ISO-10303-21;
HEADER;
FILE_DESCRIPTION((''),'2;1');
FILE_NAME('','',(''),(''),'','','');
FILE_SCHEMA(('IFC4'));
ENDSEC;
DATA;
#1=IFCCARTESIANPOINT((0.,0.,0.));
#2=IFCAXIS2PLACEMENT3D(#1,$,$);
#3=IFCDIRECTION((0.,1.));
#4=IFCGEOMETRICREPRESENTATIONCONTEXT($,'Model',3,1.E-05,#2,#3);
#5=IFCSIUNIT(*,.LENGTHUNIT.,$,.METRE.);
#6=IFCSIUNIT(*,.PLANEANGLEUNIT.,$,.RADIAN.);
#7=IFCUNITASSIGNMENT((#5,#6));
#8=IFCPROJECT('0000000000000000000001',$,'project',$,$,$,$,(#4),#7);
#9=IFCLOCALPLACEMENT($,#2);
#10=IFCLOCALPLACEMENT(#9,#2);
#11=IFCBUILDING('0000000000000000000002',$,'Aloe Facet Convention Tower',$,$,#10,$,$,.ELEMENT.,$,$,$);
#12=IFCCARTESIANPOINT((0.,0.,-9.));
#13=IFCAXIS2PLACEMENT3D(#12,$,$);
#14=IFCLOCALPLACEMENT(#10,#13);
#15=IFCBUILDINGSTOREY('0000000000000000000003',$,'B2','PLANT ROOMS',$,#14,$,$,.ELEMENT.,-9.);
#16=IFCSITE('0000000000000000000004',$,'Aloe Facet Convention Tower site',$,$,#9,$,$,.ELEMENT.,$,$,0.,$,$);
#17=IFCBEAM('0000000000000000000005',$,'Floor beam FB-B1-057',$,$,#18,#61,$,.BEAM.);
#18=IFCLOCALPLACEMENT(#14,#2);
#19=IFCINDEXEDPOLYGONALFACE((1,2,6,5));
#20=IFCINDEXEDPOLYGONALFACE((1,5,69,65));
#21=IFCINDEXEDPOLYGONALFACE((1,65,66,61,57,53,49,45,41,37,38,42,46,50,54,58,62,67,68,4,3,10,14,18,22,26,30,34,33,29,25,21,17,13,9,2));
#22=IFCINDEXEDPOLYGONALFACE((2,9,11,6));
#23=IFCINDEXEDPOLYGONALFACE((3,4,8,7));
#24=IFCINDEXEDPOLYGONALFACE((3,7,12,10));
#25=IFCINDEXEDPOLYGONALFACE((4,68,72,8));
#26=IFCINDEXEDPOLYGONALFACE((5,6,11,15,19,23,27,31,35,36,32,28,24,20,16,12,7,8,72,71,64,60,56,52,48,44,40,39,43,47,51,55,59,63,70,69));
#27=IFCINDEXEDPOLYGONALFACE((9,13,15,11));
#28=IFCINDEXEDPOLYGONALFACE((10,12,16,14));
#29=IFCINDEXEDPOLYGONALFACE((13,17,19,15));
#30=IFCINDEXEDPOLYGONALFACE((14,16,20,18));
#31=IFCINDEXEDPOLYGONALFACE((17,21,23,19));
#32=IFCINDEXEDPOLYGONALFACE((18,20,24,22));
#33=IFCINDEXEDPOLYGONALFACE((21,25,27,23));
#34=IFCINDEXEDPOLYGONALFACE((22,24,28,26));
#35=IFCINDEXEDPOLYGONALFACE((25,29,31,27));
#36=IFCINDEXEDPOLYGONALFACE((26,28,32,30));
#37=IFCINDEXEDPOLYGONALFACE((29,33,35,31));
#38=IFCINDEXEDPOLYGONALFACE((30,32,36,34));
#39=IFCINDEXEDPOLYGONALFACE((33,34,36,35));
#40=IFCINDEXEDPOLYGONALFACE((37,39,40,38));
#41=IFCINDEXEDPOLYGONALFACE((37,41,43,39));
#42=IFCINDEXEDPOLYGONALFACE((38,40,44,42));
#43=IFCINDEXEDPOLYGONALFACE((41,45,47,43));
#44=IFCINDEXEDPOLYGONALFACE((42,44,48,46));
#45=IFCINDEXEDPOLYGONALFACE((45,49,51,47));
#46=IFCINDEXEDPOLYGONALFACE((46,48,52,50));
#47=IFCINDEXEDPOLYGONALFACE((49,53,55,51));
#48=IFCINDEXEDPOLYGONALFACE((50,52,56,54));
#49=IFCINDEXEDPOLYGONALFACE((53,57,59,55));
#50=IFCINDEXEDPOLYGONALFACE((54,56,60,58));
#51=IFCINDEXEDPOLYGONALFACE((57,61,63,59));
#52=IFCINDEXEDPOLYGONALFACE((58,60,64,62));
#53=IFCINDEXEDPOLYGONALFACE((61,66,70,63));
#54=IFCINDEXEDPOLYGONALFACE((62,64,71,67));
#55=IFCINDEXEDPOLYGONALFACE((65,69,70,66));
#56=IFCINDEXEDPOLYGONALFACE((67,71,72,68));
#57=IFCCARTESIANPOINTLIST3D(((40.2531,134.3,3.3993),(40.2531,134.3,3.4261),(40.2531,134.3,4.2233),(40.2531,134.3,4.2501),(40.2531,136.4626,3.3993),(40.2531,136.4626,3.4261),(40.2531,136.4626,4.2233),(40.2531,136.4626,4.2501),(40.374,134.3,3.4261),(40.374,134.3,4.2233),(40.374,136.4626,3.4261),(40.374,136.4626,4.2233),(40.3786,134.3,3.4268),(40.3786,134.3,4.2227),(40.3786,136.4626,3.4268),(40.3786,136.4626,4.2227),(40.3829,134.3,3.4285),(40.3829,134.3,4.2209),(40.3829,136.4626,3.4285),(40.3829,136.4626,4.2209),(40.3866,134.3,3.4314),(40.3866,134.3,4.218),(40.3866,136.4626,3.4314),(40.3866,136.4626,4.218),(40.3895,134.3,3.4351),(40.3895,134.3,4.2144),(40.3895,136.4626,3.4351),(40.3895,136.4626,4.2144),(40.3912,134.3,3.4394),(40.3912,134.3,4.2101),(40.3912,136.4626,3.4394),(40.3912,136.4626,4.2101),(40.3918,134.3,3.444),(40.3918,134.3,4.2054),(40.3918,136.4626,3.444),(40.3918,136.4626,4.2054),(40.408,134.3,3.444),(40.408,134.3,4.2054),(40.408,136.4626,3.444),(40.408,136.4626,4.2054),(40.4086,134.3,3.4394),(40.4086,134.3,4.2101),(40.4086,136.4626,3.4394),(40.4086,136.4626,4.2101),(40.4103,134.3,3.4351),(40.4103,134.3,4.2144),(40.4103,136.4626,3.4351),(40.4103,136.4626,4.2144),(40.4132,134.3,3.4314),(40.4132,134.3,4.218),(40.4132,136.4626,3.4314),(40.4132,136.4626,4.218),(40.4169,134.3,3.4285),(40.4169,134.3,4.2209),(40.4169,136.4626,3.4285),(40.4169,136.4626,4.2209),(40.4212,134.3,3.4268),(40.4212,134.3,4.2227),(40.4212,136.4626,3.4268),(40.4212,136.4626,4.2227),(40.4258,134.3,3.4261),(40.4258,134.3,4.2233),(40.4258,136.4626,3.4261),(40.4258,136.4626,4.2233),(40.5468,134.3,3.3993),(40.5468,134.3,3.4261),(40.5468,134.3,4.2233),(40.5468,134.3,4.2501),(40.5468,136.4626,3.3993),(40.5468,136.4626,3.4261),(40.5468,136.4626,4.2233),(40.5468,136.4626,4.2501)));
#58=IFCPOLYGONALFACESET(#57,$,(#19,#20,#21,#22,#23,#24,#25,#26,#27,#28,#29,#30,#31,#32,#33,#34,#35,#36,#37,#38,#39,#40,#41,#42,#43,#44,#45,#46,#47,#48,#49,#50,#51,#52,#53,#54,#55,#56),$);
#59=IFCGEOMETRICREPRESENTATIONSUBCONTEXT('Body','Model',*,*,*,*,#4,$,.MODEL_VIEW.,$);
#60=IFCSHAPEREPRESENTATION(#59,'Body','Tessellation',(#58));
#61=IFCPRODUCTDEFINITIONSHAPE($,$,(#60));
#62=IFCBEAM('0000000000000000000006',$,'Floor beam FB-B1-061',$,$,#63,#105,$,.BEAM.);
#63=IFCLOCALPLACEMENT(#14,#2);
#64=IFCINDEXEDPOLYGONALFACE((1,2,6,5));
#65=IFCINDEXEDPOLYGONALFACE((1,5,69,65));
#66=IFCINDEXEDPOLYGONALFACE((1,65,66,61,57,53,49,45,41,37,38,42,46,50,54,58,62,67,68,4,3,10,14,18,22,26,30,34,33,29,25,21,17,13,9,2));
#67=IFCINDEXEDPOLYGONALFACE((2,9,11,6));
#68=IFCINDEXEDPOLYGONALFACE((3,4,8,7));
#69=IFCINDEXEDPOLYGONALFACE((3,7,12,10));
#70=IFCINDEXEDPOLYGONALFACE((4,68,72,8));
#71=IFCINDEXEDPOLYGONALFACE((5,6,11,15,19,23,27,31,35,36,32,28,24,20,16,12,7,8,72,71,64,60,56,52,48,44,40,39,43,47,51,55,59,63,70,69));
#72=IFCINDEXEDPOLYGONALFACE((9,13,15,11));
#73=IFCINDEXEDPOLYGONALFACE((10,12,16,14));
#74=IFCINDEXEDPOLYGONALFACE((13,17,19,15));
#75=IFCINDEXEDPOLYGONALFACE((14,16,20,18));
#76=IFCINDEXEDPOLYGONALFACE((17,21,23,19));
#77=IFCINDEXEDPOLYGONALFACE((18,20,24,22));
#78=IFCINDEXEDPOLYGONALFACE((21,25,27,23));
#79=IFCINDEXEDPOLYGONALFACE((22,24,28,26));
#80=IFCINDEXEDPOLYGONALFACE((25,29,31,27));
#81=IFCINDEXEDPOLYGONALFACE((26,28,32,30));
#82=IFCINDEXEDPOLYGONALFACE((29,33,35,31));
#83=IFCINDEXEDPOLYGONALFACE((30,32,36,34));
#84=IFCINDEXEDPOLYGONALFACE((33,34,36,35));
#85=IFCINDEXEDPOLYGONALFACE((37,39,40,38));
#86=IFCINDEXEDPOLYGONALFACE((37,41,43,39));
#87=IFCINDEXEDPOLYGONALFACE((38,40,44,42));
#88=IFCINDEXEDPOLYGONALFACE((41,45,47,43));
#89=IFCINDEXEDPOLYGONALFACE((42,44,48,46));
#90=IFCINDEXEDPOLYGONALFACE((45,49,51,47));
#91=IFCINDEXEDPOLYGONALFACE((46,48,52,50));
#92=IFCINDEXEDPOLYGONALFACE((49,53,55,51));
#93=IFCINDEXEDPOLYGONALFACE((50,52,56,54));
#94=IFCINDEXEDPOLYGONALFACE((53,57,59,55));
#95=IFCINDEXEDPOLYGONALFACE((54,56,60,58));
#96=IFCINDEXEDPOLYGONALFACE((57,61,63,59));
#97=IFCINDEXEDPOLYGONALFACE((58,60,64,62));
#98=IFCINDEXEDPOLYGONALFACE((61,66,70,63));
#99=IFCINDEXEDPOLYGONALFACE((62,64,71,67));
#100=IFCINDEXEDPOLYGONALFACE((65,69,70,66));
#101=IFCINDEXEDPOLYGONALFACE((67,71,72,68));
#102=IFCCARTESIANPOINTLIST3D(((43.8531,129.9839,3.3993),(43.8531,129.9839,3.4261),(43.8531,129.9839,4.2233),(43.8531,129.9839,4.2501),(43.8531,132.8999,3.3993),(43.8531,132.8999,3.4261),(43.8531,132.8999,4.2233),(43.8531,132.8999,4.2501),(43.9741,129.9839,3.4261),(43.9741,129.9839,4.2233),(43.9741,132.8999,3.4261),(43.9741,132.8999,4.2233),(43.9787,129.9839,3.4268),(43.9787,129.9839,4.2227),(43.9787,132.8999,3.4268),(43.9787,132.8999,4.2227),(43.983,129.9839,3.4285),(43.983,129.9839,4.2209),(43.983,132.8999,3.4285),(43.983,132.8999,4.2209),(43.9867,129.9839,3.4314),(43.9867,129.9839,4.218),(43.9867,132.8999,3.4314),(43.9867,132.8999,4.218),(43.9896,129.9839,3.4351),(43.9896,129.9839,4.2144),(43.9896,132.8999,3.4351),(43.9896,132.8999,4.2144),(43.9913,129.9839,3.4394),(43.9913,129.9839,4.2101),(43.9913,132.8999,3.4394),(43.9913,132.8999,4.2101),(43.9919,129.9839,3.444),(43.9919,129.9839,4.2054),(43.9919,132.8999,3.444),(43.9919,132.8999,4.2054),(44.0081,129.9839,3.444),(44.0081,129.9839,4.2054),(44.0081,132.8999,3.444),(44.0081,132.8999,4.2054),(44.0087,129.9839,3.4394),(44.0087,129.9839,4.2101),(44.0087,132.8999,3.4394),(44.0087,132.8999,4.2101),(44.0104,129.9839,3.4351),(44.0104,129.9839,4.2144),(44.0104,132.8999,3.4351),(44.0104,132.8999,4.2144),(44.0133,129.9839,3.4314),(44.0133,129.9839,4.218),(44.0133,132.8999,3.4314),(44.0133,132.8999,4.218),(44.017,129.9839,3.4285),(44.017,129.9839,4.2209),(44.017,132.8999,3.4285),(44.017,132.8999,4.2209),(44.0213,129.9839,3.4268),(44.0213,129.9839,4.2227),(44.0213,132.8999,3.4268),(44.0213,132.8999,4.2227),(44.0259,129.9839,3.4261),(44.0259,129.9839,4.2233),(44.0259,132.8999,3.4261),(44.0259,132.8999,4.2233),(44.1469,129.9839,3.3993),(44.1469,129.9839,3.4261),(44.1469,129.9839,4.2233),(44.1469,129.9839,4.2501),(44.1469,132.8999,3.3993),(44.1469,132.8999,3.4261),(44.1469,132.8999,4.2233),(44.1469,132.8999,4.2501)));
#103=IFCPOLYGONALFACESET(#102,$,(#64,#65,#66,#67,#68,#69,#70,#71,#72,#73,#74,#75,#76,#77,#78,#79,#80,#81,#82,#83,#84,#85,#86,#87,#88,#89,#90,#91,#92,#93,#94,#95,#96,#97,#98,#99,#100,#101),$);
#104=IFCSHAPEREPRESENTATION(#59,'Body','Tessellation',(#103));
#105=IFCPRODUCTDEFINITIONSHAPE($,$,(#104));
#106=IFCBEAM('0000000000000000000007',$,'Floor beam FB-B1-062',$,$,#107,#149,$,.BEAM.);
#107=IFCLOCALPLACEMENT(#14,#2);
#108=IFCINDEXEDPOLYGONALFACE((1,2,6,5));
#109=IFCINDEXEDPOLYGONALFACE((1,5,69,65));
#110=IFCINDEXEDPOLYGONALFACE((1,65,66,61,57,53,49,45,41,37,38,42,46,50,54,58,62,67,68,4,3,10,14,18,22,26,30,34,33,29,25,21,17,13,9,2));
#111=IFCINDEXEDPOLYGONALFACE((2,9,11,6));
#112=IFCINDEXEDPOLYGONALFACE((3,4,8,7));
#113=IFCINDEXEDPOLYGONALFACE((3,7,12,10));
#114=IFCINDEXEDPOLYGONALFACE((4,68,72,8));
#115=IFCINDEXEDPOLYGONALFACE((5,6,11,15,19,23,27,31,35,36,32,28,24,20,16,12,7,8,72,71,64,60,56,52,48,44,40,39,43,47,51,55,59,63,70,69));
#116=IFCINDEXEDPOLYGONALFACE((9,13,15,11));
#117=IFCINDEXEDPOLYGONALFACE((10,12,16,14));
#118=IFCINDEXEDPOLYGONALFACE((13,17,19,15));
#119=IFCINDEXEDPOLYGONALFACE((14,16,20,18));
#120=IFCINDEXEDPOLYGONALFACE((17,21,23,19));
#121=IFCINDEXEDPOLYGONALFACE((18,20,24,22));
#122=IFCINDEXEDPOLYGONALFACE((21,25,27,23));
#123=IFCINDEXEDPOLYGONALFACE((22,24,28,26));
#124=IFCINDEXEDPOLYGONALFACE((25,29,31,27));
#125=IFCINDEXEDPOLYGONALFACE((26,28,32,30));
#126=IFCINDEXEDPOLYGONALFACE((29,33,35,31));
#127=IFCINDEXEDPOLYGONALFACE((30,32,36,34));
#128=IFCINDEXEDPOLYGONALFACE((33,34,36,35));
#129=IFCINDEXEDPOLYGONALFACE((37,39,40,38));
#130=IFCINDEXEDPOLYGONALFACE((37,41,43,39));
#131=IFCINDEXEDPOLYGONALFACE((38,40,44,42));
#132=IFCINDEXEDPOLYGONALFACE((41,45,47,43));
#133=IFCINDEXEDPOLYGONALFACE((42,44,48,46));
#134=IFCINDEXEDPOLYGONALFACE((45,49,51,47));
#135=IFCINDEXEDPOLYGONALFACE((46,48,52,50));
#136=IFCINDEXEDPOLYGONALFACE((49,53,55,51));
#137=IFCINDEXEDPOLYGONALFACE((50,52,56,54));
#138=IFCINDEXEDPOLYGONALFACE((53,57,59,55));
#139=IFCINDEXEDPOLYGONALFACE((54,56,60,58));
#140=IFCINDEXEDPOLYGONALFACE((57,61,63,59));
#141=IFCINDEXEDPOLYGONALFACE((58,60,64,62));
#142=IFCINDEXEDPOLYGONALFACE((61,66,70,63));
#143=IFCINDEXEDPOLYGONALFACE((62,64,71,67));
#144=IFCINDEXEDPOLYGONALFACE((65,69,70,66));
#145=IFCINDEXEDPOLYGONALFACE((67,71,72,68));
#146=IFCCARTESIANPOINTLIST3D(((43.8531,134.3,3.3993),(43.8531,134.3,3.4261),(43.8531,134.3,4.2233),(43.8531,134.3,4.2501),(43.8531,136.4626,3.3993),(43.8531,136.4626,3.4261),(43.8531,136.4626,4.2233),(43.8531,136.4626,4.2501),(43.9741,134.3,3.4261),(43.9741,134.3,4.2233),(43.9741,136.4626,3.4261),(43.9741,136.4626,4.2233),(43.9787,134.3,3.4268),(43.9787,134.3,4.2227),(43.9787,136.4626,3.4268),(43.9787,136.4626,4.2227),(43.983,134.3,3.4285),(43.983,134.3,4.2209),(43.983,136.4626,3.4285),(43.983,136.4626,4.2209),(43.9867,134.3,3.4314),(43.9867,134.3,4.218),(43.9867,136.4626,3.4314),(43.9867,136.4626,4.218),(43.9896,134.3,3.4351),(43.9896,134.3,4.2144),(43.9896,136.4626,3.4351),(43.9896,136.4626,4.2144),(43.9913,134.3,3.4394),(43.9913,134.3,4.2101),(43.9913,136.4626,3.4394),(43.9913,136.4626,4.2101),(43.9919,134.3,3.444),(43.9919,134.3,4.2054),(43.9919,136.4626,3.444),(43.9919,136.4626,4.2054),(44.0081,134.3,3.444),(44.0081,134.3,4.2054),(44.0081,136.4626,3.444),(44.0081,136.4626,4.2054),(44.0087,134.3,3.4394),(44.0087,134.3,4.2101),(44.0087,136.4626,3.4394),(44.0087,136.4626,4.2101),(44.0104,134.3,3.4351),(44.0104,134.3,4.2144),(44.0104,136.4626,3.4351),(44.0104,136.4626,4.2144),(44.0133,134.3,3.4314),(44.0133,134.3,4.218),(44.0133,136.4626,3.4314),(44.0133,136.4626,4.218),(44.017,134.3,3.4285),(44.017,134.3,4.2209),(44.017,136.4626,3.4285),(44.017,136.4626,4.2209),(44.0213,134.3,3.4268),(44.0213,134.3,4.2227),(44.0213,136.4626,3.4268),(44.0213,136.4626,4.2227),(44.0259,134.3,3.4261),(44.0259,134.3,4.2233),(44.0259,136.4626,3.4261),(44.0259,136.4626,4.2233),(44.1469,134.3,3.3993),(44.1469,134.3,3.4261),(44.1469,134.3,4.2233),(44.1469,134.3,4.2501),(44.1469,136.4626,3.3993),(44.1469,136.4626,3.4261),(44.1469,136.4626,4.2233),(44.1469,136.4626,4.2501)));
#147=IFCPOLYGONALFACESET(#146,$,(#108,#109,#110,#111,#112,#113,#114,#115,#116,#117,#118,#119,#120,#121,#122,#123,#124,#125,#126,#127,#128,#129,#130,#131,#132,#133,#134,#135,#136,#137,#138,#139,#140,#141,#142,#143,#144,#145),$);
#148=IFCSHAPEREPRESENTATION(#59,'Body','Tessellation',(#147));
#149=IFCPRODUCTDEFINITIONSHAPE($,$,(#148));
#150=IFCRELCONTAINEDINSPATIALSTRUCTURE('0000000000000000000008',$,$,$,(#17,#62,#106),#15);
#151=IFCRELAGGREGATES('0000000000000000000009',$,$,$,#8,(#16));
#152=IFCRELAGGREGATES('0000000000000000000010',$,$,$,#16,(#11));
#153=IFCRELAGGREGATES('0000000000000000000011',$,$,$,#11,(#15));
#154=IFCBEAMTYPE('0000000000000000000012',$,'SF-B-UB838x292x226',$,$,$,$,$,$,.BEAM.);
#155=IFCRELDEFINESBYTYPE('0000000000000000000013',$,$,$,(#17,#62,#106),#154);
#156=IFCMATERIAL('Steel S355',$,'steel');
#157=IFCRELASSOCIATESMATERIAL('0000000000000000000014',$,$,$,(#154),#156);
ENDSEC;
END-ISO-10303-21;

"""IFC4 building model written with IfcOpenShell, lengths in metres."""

from ifc_helpers import new_model, si_unit, direction, frame, origin, origin_2d, place, context, subcontext, project, spatial, i_section, extrude, material, material_profile, profile_set, type_object, element, save


model = new_model("IFC4")

# Units and contexts
model_context = context("Model", 3, precision=1e-05, world=origin(), true_north=direction((0.0, 1.0)))
body_context = subcontext(model_context, "Body", "Model", "MODEL_VIEW")
ifc_project = project(units=[si_unit("LENGTHUNIT", "METRE"), si_unit("PLANEANGLEUNIT", "RADIAN")], contexts=[model_context])

# Site, building, storey
site_placement = place(None, origin())
site = spatial("IfcSite", under=ifc_project, at=site_placement, Name="Aloe Facet Convention Tower site", CompositionType="ELEMENT", RefElevation=0.0)
building_placement = place(site_placement, origin())
building = spatial("IfcBuilding", under=site, at=building_placement, Name="Aloe Facet Convention Tower", CompositionType="ELEMENT")
storey_placement = place(building_placement, frame((0.0, 0.0, -9.0)))
storey = spatial("IfcBuildingStorey", under=building, at=storey_placement, Name="B2", Description="PLANT ROOMS", CompositionType="ELEMENT", Elevation=-9.0)

# Beams
ifc_material_1 = material(Name="Steel S355", Category="steel")
ifc_material_profile_1 = material_profile(ifc_material_1, i_section(OverallWidth=0.2937, OverallDepth=0.8508, WebThickness=0.0161, FlangeThickness=0.0269, FilletRadius=0.0178, at=origin_2d()), Name="UB 838x292x226")
ifc_profile_set_1 = profile_set([ifc_material_profile_1], Name="Steel S355")
beam_type = type_object("IfcBeamType", Name="SF-B-UB838x292x226", PredefinedType="BEAM", material=ifc_profile_set_1)
beam_1_placement = place(storey_placement, frame((40.3999, 134.3, 3.8247), z_axis=(0.0, 1.0, 0.0), x_axis=(-1.0, 0.0, 0.0)))
element("IfcBeam", 1, at=beam_1_placement, inside=storey, type_object=beam_type, Name="Floor beam FB-B1-057", PredefinedType="BEAM", context=body_context, shape_type="SweptSolid", body=[
    extrude(i_section(OverallWidth=0.2937, OverallDepth=0.8508, WebThickness=0.0161, FlangeThickness=0.0269, FilletRadius=0.0178, at=origin_2d()), origin(), (0.0, 0.0, 1.0), 2.1626),
])
beam_2_placement = place(storey_placement, frame((44.0, 129.9839, 3.8247), z_axis=(0.0, 1.0, 0.0), x_axis=(-1.0, 0.0, 0.0)))
element("IfcBeam", 2, at=beam_2_placement, inside=storey, type_object=beam_type, Name="Floor beam FB-B1-061", PredefinedType="BEAM", context=body_context, shape_type="SweptSolid", body=[
    extrude(i_section(OverallWidth=0.2937, OverallDepth=0.8508, WebThickness=0.0161, FlangeThickness=0.0269, FilletRadius=0.0178, at=origin_2d()), origin(), (0.0, 0.0, 1.0), 2.916),
])
beam_3_placement = place(storey_placement, frame((44.0, 134.3, 3.8247), z_axis=(0.0, 1.0, 0.0), x_axis=(-1.0, 0.0, 0.0)))
element("IfcBeam", 3, at=beam_3_placement, inside=storey, type_object=beam_type, Name="Floor beam FB-B1-062", PredefinedType="BEAM", context=body_context, shape_type="SweptSolid", body=[
    extrude(i_section(OverallWidth=0.2937, OverallDepth=0.8508, WebThickness=0.0161, FlangeThickness=0.0269, FilletRadius=0.0178, at=origin_2d()), origin(), (0.0, 0.0, 1.0), 2.1626),
])

save(model, "model.ifc")
